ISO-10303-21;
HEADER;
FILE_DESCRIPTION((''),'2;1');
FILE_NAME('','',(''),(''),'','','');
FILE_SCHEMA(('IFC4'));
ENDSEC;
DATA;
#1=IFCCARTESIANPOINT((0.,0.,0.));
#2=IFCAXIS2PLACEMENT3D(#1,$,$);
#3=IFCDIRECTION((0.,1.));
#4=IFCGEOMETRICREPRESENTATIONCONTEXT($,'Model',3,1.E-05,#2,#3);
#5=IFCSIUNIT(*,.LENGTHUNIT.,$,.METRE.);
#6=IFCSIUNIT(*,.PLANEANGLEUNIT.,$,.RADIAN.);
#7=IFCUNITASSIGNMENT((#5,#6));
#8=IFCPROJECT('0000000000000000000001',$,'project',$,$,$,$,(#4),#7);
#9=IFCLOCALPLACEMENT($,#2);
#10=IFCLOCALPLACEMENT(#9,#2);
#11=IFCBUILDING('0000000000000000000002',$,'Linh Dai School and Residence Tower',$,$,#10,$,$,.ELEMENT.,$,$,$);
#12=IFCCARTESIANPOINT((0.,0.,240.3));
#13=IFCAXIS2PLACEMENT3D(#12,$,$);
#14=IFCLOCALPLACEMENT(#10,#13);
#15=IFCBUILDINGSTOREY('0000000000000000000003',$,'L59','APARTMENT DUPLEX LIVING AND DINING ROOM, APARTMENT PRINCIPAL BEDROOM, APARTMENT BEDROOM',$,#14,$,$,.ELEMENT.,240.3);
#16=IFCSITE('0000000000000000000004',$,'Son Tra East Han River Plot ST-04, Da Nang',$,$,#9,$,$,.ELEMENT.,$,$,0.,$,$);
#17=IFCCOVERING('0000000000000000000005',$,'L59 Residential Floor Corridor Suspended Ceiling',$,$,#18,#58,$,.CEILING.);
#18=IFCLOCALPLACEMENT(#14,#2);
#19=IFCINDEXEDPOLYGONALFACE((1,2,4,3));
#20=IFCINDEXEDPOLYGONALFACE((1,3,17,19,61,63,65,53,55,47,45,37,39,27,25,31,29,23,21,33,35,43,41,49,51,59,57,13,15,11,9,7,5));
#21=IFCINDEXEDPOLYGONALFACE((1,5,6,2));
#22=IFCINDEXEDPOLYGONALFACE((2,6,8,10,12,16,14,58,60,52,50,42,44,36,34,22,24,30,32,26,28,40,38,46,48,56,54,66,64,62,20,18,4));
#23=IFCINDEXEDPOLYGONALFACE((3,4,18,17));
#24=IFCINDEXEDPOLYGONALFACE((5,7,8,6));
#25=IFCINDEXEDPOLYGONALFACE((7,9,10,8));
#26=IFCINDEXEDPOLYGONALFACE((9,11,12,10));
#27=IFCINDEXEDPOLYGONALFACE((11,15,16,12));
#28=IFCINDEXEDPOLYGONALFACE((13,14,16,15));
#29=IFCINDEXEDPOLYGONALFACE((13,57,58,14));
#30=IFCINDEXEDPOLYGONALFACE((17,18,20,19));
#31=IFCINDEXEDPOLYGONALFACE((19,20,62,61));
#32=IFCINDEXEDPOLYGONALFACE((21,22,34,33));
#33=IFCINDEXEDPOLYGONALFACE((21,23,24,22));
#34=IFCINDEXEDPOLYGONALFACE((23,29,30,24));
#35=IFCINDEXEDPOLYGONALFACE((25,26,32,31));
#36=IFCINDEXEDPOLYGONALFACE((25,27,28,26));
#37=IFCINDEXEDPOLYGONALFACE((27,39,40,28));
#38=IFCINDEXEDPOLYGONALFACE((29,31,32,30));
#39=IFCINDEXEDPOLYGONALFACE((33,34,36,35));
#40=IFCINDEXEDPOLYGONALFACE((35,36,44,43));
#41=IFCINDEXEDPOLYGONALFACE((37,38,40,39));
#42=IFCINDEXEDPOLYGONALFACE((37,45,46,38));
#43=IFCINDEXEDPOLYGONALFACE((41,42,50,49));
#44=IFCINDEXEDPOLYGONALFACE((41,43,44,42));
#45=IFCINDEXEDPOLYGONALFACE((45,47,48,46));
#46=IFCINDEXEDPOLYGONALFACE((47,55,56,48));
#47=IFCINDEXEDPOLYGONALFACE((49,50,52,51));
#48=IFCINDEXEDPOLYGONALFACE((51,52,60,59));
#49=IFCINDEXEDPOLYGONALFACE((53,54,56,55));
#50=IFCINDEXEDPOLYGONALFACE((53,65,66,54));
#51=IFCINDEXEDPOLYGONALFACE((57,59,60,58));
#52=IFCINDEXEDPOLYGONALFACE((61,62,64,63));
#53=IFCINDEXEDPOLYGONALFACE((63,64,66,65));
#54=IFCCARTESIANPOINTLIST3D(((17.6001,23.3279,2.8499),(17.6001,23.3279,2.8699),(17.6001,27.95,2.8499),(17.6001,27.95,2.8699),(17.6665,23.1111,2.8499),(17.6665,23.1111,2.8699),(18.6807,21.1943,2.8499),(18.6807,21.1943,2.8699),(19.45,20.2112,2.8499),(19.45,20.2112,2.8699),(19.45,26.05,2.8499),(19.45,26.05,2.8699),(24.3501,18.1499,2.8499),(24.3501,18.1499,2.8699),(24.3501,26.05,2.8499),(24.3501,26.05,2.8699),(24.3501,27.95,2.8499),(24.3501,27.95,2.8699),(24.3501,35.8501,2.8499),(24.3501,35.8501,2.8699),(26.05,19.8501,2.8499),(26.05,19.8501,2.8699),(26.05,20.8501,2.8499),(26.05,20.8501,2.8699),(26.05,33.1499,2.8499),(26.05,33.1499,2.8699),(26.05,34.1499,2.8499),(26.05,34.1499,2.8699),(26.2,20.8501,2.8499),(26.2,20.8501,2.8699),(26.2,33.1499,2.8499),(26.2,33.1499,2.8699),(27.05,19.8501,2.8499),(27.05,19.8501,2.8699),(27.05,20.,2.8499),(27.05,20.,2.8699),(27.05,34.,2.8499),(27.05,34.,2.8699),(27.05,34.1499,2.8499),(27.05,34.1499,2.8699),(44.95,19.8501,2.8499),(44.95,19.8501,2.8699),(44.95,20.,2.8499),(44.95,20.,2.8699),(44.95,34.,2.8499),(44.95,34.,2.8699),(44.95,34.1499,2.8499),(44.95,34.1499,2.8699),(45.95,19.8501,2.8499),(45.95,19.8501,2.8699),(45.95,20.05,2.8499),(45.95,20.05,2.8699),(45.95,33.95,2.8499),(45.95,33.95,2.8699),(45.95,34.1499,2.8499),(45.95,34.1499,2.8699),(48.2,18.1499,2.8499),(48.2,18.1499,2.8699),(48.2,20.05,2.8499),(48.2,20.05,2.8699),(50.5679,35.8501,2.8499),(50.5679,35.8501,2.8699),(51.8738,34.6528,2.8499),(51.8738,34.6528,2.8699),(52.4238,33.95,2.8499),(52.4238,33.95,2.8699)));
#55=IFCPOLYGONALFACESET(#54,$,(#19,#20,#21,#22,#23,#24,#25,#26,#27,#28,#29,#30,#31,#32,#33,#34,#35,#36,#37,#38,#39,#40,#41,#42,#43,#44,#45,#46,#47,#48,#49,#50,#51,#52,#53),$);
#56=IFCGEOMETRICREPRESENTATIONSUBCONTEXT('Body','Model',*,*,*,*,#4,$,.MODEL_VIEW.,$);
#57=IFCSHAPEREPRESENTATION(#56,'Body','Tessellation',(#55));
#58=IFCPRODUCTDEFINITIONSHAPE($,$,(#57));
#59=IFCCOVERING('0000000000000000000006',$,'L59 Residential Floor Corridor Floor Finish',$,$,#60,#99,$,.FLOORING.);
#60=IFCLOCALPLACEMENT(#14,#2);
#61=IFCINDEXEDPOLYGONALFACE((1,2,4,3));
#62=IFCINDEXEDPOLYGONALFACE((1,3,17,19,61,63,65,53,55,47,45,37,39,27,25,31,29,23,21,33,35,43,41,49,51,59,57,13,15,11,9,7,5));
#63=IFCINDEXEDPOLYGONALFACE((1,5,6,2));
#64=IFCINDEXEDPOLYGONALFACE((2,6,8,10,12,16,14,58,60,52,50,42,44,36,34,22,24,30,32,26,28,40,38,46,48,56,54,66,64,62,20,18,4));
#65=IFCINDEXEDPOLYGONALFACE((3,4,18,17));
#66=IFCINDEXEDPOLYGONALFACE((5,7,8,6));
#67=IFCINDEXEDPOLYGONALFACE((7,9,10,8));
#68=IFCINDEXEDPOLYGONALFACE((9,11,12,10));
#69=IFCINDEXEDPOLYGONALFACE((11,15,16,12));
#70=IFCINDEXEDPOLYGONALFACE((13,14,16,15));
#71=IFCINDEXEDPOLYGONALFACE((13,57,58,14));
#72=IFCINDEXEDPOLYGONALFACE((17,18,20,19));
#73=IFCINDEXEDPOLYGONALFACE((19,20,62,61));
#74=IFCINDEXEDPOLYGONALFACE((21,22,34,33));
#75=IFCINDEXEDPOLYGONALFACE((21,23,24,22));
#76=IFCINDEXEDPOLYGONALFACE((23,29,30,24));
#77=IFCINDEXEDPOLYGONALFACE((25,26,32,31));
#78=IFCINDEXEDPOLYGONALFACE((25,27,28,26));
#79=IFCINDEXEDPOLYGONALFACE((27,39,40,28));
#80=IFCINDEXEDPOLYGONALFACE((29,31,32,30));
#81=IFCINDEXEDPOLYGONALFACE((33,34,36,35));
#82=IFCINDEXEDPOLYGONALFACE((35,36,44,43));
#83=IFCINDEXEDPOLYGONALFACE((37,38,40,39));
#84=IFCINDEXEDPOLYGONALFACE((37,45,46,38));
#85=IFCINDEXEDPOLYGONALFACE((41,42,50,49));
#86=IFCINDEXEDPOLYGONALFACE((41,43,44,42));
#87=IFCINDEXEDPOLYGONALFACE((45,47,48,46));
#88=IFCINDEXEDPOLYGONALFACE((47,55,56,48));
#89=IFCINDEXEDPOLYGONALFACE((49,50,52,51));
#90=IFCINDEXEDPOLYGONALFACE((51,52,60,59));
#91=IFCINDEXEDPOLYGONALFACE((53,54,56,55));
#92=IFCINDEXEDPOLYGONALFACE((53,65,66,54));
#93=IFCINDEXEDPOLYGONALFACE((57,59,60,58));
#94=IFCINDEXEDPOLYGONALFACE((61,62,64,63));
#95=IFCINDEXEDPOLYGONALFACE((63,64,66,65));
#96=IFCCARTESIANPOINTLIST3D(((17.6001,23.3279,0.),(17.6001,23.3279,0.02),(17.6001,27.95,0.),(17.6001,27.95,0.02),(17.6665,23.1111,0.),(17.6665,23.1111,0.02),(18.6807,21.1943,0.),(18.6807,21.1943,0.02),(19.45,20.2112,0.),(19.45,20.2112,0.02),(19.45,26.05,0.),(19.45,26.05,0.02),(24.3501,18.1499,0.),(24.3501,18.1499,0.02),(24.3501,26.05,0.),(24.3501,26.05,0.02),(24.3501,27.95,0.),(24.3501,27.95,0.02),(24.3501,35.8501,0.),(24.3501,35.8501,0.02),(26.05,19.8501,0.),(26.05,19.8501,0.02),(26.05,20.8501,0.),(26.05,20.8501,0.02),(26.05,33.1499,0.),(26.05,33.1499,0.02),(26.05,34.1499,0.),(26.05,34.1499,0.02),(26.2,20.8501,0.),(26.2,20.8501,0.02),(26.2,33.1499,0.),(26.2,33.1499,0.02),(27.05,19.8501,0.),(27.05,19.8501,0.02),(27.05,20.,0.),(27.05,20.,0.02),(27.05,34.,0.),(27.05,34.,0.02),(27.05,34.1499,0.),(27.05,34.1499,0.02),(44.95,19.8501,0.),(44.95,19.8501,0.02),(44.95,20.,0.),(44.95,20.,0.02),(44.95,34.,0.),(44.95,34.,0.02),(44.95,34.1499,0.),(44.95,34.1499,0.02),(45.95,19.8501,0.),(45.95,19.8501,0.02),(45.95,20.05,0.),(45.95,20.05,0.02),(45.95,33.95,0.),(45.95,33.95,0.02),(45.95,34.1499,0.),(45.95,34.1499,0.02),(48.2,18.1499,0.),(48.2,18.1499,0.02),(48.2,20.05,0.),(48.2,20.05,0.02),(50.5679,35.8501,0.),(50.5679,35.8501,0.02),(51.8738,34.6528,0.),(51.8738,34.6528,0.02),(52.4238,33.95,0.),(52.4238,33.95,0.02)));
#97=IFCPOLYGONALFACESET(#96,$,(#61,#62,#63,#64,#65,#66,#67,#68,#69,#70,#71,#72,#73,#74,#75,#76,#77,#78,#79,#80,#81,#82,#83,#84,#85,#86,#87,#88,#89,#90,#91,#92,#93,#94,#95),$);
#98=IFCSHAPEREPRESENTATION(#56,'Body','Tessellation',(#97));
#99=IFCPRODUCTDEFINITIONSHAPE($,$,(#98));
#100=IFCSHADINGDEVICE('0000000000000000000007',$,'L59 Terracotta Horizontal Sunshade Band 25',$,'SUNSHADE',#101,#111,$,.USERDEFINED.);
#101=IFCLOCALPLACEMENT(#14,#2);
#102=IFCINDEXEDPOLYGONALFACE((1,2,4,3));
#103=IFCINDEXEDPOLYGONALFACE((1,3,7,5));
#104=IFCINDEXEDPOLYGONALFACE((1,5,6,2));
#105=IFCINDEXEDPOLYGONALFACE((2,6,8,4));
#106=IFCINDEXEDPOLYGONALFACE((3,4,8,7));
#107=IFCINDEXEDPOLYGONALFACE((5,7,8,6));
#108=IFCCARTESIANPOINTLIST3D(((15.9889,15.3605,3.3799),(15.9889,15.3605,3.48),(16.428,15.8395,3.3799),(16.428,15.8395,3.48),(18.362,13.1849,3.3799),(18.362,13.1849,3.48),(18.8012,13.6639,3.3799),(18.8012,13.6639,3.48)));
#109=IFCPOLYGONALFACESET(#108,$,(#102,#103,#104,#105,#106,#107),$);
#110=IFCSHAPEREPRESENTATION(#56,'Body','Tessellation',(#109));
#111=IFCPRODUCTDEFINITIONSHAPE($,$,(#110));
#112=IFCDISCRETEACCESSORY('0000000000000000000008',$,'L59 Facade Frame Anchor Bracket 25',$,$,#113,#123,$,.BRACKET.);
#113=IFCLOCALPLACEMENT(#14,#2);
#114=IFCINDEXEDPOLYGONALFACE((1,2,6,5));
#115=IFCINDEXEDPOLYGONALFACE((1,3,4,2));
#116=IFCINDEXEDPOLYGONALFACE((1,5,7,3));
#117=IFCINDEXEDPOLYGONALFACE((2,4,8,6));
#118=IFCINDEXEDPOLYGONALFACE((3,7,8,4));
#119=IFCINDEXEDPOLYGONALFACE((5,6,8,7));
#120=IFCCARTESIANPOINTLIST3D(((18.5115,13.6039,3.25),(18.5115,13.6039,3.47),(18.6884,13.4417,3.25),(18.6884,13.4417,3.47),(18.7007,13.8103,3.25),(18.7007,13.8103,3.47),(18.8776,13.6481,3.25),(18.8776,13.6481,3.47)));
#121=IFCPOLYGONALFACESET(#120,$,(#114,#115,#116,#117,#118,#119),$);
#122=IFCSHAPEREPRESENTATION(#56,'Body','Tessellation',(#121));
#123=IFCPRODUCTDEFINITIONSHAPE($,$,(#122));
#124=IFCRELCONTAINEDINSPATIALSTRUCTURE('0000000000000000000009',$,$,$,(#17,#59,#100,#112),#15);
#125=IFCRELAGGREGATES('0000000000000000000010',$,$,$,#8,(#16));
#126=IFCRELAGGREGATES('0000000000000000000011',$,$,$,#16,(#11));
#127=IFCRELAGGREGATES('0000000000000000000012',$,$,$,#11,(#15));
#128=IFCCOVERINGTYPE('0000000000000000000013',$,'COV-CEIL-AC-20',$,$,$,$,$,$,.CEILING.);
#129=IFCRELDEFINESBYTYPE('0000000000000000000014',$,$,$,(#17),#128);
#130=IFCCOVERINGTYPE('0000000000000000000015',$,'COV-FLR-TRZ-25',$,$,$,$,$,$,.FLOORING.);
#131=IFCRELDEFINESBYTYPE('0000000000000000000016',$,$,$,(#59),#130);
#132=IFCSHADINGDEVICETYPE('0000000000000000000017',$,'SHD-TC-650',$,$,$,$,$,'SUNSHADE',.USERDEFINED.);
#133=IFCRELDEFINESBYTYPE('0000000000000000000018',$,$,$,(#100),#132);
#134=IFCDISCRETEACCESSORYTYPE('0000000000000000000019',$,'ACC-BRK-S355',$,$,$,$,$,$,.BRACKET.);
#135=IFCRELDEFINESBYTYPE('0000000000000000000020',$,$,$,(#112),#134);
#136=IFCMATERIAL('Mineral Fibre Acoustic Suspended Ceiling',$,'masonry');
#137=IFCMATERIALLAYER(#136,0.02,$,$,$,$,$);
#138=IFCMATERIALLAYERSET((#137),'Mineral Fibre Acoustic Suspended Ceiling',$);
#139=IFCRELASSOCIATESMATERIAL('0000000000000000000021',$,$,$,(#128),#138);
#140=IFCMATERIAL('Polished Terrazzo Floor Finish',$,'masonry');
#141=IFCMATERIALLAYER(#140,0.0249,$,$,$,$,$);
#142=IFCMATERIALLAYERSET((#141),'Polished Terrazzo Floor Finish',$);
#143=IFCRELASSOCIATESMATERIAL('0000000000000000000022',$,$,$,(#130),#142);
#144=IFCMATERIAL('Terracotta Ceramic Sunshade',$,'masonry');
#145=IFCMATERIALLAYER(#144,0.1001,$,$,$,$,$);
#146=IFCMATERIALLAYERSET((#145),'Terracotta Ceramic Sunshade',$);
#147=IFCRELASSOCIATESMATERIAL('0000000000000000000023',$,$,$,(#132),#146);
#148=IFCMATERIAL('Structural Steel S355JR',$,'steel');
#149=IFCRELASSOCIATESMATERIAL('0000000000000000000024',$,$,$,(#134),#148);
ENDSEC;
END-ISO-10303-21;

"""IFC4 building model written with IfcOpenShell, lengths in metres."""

from ifc_helpers import new_model, si_unit, direction, frame, origin, origin_2d, place, context, subcontext, project, spatial, polyline, rectangle, outline, extrude, source, transform, mapped, material, layer, layer_set, type_object, element, save


model = new_model("IFC4")

# Units and contexts
model_context = context("Model", 3, precision=1e-05, world=origin(), true_north=direction((0.0, 1.0)))
body_context = subcontext(model_context, "Body", "Model", "MODEL_VIEW")
ifc_project = project(units=[si_unit("LENGTHUNIT", "METRE"), si_unit("PLANEANGLEUNIT", "RADIAN")], contexts=[model_context])

# Site, building, storey
site_placement = place(None, origin())
site = spatial("IfcSite", under=ifc_project, at=site_placement, Name="Son Tra East Han River Plot ST-04, Da Nang", CompositionType="ELEMENT", RefElevation=0.0)
building_placement = place(site_placement, origin())
building = spatial("IfcBuilding", under=site, at=building_placement, Name="Linh Dai School and Residence Tower", CompositionType="ELEMENT")
storey_placement = place(building_placement, frame((0.0, 0.0, 240.3)))
storey = spatial("IfcBuildingStorey", under=building, at=storey_placement, Name="L59", Description="APARTMENT DUPLEX LIVING AND DINING ROOM, APARTMENT PRINCIPAL BEDROOM, APARTMENT BEDROOM", CompositionType="ELEMENT", Elevation=240.3)

# Shared definitions
ifc_material_1 = material(Name="Structural Steel S355JR", Category="steel")

# Coverings
ifc_material_2 = material(Name="Mineral Fibre Acoustic Suspended Ceiling", Category="masonry")
ifc_layer_1 = layer(ifc_material_2, 0.02)
ifc_layer_set_1 = layer_set([ifc_layer_1], Name="Mineral Fibre Acoustic Suspended Ceiling")
covering_type_1 = type_object("IfcCoveringType", Name="COV-CEIL-AC-20", PredefinedType="CEILING", material=ifc_layer_set_1)
covering_1_placement = place(storey_placement, frame((0.0, 0.0, 2.8499)))
element("IfcCovering", 1, at=covering_1_placement, inside=storey, type_object=covering_type_1, Name="L59 Residential Floor Corridor Suspended Ceiling", PredefinedType="CEILING", context=body_context, shape_type="SweptSolid", body=[
    extrude(outline(polyline([(19.45, 20.2112), (18.6807, 21.1943), (17.6665, 23.1111), (17.6001, 23.3279), (17.6001, 27.95), (24.3501, 27.95), (24.3501, 35.8501), (50.5679, 35.8501), (51.8738, 34.6528), (52.4238, 33.95), (45.95, 33.95), (45.95, 34.1499), (44.95, 34.1499), (44.95, 34.0), (27.05, 34.0), (27.05, 34.1499), (26.05, 34.1499), (26.05, 33.1499), (26.2, 33.1499), (26.2, 20.8501), (26.05, 20.8501), (26.05, 19.8501), (27.05, 19.8501), (27.05, 20.0), (44.95, 20.0), (44.95, 19.8501), (45.95, 19.8501), (45.95, 20.05), (48.2, 20.05), (48.2, 18.1499), (24.3501, 18.1499), (24.3501, 26.05), (19.45, 26.05), (19.45, 20.2112)])), origin(), (0.0, 0.0, 1.0), 0.02),
])
ifc_material_3 = material(Name="Polished Terrazzo Floor Finish", Category="masonry")
ifc_layer_2 = layer(ifc_material_3, 0.0249)
ifc_layer_set_2 = layer_set([ifc_layer_2], Name="Polished Terrazzo Floor Finish")
covering_type_2 = type_object("IfcCoveringType", Name="COV-FLR-TRZ-25", PredefinedType="FLOORING", material=ifc_layer_set_2)
covering_2_placement = place(storey_placement, origin())
element("IfcCovering", 2, at=covering_2_placement, inside=storey, type_object=covering_type_2, Name="L59 Residential Floor Corridor Floor Finish", PredefinedType="FLOORING", context=body_context, shape_type="SweptSolid", body=[
    extrude(outline(polyline([(19.45, 20.2112), (18.6807, 21.1943), (17.6665, 23.1111), (17.6001, 23.3279), (17.6001, 27.95), (24.3501, 27.95), (24.3501, 35.8501), (50.5679, 35.8501), (51.8738, 34.6528), (52.4238, 33.95), (45.95, 33.95), (45.95, 34.1499), (44.95, 34.1499), (44.95, 34.0), (27.05, 34.0), (27.05, 34.1499), (26.05, 34.1499), (26.05, 33.1499), (26.2, 33.1499), (26.2, 20.8501), (26.05, 20.8501), (26.05, 19.8501), (27.05, 19.8501), (27.05, 20.0), (44.95, 20.0), (44.95, 19.8501), (45.95, 19.8501), (45.95, 20.05), (48.2, 20.05), (48.2, 18.1499), (24.3501, 18.1499), (24.3501, 26.05), (19.45, 26.05), (19.45, 20.2112)])), origin(), (0.0, 0.0, 1.0), 0.02),
])

# Shading device
ifc_material_4 = material(Name="Terracotta Ceramic Sunshade", Category="masonry")
ifc_layer_3 = layer(ifc_material_4, 0.1001)
ifc_layer_set_3 = layer_set([ifc_layer_3], Name="Terracotta Ceramic Sunshade")
shading_device_type = type_object("IfcShadingDeviceType", Name="SHD-TC-650", ElementType="SUNSHADE", PredefinedType="USERDEFINED", material=ifc_layer_set_3)
shared_shape_1 = source(origin(), body_context, "Body", "SweptSolid", [
    extrude(rectangle(XDim=3.2195, YDim=0.6499, at=origin_2d()), origin(), (0.0, 0.0, 1.0), 0.1001),
])
shading_device_placement = place(storey_placement, frame((17.395, 14.5122, 3.3799), z_axis=(0.0, 0.0, 1.0), x_axis=(-0.737125, 0.675756, 0.0)))
element("IfcShadingDevice", 3, at=shading_device_placement, inside=storey, type_object=shading_device_type, Name="L59 Terracotta Horizontal Sunshade Band 25", ObjectType="SUNSHADE", PredefinedType="USERDEFINED", context=body_context, shape_type="MappedRepresentation", body=[
    mapped(shared_shape_1, transform((0.0, 0.0, 0.0), x_axis=(1.0, 0.0, 0.0), y_axis=(0.0, 1.0, 0.0), z_axis=(0.0, 0.0, 1.0), scale=1.0)),
])

# Discrete accessory
discrete_accessory_type = type_object("IfcDiscreteAccessoryType", Name="ACC-BRK-S355", PredefinedType="BRACKET", material=ifc_material_1)
shared_shape_2 = source(origin(), body_context, "Body", "SweptSolid", [
    extrude(rectangle(XDim=0.28, YDim=0.24, at=origin_2d()), origin(), (0.0, 0.0, 1.0), 0.22),
])
discrete_accessory_placement = place(storey_placement, frame((18.6946, 13.626, 3.25), z_axis=(0.0, 0.0, 1.0), x_axis=(-0.675756, -0.737125, 0.0)))
element("IfcDiscreteAccessory", 4, at=discrete_accessory_placement, inside=storey, type_object=discrete_accessory_type, Name="L59 Facade Frame Anchor Bracket 25", PredefinedType="BRACKET", context=body_context, shape_type="MappedRepresentation", body=[
    mapped(shared_shape_2, transform((0.0, 0.0, 0.0), x_axis=(1.0, 0.0, 0.0), y_axis=(0.0, 1.0, 0.0), z_axis=(0.0, 0.0, 1.0), scale=1.0)),
])

save(model, "model.ifc")
